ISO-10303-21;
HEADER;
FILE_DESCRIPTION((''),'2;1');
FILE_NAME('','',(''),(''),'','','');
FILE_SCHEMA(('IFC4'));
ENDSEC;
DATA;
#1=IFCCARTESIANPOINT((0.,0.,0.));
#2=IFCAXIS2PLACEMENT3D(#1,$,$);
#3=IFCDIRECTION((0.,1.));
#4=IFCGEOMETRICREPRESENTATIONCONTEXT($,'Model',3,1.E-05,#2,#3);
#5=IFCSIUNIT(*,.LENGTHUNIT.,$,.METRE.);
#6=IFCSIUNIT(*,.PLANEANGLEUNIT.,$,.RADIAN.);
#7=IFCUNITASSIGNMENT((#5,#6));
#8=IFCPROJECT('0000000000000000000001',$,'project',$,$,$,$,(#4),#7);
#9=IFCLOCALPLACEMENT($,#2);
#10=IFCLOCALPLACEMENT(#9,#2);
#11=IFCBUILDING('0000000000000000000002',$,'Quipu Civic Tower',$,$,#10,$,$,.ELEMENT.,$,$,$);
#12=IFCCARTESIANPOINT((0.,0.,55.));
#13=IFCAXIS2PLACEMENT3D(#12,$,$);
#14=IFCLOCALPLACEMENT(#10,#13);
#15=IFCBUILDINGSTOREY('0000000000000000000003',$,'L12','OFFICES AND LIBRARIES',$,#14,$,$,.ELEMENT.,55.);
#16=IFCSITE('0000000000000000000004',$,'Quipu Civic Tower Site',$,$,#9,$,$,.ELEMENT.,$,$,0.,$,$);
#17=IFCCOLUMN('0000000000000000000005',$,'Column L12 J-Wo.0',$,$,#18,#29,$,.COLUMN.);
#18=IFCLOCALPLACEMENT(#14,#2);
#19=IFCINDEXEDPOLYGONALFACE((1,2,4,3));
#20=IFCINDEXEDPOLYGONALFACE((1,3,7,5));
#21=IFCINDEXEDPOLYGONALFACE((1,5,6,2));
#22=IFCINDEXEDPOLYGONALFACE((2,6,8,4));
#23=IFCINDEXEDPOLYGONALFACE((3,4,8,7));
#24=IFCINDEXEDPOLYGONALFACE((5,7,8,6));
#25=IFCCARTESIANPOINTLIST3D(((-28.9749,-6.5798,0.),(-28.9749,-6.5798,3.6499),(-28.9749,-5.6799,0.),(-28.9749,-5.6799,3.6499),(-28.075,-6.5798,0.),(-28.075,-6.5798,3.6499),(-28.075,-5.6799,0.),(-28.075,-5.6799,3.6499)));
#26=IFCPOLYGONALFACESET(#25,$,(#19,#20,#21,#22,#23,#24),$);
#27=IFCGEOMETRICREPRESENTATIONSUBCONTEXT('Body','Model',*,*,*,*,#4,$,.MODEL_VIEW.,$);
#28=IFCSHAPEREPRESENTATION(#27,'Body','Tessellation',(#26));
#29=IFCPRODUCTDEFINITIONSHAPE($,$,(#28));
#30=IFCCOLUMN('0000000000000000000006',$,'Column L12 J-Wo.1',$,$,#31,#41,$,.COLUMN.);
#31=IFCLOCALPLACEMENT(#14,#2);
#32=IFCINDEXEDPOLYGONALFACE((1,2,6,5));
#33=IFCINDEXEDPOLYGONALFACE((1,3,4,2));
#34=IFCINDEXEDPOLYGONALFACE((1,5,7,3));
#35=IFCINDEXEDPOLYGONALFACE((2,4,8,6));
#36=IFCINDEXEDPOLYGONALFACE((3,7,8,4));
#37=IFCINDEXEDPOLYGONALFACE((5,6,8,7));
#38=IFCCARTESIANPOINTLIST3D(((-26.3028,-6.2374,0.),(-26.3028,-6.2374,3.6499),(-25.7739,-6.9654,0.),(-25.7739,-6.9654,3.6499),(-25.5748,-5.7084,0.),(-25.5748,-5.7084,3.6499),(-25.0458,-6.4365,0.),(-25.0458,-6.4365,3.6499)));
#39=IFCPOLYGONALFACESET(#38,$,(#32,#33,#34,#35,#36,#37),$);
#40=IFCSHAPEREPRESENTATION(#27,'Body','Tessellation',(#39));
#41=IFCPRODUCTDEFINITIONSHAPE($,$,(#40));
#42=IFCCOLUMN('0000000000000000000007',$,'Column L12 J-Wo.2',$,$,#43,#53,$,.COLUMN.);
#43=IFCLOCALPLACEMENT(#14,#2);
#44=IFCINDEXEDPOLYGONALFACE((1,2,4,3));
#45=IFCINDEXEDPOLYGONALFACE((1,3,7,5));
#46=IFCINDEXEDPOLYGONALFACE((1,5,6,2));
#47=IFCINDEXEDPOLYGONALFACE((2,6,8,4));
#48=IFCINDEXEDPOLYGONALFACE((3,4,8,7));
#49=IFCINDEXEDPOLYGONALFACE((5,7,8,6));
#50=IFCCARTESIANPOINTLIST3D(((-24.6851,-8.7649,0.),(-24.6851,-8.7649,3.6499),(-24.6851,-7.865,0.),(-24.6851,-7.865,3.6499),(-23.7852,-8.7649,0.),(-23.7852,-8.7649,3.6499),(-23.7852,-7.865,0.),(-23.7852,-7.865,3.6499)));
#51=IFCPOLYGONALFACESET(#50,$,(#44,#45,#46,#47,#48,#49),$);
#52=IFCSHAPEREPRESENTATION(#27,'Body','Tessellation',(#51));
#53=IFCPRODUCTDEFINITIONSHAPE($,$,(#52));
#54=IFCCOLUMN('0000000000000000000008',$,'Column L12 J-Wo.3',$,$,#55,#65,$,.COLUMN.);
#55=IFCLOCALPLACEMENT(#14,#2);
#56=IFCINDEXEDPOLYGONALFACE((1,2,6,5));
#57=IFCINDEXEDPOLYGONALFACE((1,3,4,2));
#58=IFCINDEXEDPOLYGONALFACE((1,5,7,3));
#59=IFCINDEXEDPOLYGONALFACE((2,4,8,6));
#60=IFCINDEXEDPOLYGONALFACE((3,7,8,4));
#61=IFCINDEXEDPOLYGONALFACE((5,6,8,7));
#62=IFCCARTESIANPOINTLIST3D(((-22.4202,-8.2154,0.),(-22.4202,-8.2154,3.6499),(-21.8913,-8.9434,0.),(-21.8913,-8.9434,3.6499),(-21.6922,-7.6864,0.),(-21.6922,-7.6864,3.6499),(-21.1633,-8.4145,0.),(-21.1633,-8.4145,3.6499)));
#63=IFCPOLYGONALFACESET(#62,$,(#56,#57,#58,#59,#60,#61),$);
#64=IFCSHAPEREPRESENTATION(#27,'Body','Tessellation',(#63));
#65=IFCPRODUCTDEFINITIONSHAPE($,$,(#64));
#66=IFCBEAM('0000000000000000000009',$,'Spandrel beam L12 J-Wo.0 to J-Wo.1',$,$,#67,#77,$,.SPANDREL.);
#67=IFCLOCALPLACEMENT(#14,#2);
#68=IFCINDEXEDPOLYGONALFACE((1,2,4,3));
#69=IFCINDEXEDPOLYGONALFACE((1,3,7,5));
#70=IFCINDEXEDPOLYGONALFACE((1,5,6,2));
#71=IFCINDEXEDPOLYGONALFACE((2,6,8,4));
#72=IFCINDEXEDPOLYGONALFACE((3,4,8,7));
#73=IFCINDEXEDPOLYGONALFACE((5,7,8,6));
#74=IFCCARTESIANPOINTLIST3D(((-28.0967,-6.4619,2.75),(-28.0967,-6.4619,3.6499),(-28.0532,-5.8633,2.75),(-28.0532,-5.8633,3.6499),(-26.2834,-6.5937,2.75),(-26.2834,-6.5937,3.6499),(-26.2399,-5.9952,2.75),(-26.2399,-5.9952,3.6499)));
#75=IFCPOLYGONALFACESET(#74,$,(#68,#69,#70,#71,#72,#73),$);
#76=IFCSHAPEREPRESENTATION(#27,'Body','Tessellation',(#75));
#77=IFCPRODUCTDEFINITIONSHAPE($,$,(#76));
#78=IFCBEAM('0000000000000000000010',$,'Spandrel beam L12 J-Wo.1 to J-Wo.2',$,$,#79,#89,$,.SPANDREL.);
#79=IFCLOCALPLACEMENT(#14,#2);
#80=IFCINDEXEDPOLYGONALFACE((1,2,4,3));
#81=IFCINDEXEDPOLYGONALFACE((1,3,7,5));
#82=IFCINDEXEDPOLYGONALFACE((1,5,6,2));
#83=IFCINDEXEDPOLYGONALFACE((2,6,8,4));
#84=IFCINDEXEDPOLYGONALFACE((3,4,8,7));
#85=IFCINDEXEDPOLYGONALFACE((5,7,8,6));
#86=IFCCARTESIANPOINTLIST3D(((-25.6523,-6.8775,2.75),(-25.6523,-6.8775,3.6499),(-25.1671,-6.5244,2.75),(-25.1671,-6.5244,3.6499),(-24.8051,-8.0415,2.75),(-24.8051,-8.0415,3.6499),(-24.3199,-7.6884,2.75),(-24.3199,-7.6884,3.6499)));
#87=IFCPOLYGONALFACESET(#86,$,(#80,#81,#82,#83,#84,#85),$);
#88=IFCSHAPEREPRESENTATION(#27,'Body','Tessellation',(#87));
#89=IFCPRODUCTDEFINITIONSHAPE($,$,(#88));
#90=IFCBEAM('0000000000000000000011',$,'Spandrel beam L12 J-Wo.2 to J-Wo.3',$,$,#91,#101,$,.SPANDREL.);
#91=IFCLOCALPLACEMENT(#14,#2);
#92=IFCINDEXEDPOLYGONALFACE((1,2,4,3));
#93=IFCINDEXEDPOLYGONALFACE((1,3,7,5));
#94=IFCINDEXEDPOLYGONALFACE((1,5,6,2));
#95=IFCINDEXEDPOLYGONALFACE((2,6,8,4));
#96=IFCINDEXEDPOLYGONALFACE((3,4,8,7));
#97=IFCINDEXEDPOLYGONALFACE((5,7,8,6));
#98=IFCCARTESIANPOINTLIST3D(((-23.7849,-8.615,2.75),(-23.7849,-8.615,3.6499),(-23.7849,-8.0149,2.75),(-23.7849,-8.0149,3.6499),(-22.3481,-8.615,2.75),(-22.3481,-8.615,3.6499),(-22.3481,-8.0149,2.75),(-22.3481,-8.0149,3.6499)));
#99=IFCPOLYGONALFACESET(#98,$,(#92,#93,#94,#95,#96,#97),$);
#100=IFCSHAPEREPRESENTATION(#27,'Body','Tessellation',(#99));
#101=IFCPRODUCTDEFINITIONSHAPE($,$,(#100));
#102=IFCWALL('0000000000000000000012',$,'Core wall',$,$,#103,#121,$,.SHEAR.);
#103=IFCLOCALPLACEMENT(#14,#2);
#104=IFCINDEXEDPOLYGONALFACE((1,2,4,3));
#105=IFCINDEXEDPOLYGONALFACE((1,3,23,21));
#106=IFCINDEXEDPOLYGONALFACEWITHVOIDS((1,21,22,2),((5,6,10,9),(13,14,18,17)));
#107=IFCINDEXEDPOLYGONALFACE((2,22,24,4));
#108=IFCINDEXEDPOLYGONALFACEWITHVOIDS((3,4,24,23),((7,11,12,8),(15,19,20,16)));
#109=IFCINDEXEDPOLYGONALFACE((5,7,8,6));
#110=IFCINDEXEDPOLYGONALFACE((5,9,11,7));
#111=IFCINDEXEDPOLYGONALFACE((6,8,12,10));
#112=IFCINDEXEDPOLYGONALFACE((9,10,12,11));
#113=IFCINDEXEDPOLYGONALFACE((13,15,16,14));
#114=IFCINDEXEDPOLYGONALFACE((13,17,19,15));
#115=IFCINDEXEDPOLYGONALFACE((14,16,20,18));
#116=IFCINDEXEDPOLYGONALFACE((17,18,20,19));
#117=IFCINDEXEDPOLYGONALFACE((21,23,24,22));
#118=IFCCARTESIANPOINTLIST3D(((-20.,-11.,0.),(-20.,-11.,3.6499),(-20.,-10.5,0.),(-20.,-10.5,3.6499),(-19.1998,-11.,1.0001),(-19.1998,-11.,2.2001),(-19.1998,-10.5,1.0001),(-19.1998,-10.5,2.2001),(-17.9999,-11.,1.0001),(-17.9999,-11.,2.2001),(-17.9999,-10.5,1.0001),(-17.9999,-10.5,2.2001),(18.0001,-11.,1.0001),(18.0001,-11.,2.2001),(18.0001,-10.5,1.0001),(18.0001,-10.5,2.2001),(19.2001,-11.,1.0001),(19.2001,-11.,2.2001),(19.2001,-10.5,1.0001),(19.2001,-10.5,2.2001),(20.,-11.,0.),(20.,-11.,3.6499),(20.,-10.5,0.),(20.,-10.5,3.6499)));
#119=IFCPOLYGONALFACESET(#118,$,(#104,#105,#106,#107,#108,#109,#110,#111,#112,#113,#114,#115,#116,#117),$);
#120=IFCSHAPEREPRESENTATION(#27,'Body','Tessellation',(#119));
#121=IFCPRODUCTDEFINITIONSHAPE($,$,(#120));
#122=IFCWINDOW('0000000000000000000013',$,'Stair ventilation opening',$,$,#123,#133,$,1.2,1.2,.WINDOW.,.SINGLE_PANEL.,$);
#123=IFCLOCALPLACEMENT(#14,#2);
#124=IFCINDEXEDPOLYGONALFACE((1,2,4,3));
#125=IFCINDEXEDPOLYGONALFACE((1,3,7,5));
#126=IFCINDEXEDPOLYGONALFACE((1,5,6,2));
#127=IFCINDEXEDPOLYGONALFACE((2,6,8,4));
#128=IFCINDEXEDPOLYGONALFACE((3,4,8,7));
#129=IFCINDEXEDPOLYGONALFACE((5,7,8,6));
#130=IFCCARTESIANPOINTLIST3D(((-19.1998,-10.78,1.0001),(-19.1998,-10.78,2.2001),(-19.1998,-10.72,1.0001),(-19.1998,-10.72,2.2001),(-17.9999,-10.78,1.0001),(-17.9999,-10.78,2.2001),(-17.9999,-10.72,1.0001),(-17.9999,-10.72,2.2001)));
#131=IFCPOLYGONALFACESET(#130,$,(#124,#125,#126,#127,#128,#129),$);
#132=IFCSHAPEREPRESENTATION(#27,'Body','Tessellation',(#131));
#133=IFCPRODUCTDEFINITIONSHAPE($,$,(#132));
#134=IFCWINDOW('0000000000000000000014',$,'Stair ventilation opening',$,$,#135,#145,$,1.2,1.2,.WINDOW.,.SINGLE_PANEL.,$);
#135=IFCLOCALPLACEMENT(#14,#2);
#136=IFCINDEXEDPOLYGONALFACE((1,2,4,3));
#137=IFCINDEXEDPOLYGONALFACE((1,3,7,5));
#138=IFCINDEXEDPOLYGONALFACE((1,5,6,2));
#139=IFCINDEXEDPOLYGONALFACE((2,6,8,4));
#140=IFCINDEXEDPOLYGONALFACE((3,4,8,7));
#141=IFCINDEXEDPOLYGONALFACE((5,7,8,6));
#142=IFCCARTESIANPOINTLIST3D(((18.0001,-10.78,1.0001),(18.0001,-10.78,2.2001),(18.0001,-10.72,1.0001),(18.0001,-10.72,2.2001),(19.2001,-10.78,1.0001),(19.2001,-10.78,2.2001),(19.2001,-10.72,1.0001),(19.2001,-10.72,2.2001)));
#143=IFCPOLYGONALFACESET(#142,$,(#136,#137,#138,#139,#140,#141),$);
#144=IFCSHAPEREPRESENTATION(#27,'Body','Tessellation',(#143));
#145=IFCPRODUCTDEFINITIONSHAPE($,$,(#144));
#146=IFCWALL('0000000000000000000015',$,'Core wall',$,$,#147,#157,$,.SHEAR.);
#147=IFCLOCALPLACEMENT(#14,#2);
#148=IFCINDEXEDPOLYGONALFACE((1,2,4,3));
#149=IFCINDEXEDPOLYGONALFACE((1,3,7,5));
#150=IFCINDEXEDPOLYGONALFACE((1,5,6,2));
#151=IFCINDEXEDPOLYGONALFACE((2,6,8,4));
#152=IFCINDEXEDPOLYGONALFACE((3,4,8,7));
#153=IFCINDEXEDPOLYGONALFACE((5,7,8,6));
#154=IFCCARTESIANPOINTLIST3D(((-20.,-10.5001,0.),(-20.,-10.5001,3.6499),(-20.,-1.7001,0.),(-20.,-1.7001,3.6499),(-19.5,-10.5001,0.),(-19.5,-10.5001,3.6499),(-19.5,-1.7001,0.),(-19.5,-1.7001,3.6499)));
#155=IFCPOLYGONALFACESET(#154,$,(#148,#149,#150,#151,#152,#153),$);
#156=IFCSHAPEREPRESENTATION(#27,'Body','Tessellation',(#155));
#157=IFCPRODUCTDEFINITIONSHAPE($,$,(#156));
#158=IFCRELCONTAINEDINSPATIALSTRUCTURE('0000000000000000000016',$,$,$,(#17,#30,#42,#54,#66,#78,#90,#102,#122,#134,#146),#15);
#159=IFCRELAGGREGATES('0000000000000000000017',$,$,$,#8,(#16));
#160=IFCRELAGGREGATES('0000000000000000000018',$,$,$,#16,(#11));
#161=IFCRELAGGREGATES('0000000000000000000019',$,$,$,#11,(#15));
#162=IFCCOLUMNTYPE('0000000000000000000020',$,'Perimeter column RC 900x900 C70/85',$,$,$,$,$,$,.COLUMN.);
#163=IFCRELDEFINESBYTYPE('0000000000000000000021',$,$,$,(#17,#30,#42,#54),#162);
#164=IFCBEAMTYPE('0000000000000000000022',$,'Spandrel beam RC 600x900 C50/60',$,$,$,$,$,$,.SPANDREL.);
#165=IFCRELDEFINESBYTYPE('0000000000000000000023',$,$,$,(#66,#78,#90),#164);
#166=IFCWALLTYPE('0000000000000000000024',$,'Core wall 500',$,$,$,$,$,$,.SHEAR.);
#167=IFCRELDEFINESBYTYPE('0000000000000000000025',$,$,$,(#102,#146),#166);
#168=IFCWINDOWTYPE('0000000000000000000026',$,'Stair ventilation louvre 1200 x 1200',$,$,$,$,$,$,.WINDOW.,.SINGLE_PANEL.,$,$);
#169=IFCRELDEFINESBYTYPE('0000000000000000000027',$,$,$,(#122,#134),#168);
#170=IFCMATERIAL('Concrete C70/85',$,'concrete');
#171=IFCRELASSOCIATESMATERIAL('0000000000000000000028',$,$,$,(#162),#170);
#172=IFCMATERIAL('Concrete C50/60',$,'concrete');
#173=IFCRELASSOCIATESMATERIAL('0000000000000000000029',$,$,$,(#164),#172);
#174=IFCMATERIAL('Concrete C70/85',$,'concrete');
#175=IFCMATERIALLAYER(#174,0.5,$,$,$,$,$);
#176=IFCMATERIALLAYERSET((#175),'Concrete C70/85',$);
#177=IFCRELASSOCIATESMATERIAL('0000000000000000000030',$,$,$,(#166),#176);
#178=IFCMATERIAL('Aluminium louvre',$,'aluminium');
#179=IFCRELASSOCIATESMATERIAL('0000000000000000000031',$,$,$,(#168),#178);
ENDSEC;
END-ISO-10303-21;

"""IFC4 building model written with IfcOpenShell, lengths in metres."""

from ifc_helpers import new_model, si_unit, direction, frame, frame_2d, origin, origin_2d, place, context, subcontext, project, spatial, rectangle, extrude, material, layer, layer_set, material_profile, profile_set, type_object, element, fill, save


model = new_model("IFC4")

# Units and contexts
model_context = context("Model", 3, precision=1e-05, world=origin(), true_north=direction((0.0, 1.0)))
body_context = subcontext(model_context, "Body", "Model", "MODEL_VIEW")
ifc_project = project(units=[si_unit("LENGTHUNIT", "METRE"), si_unit("PLANEANGLEUNIT", "RADIAN")], contexts=[model_context])

# Site, building, storey
site_placement = place(None, origin())
site = spatial("IfcSite", under=ifc_project, at=site_placement, Name="Quipu Civic Tower Site", CompositionType="ELEMENT", RefElevation=0.0)
building_placement = place(site_placement, origin())
building = spatial("IfcBuilding", under=site, at=building_placement, Name="Quipu Civic Tower", CompositionType="ELEMENT")
storey_placement = place(building_placement, frame((0.0, 0.0, 55.0)))
storey = spatial("IfcBuildingStorey", under=building, at=storey_placement, Name="L12", Description="OFFICES AND LIBRARIES", CompositionType="ELEMENT", Elevation=55.0)

# Columns
ifc_material_1 = material(Name="Concrete C70/85", Category="concrete")
ifc_material_profile_1 = material_profile(ifc_material_1, rectangle(XDim=0.8999, YDim=0.8999, at=origin_2d()), Name="RC900x900")
ifc_profile_set_1 = profile_set([ifc_material_profile_1], Name="Concrete C70/85")
column_type = type_object("IfcColumnType", Name="Perimeter column RC 900x900 C70/85", PredefinedType="COLUMN", material=ifc_profile_set_1)
for number, where, z_axis, x_axis, name in (
    (1, (-28.5249, -6.1299, 0.0), (0.0, 0.0, 1.0), (1.0, 0.0, 0.0), "Column L12 J-Wo.0"),
    (2, (-25.6743, -6.3369, 0.0), (0.0, 0.0, 1.0), (0.587785, -0.809017, 0.0), "Column L12 J-Wo.1"),
    (3, (-24.2351, -8.3149, 0.0), (0.0, 0.0, 1.0), (1.0, 0.0, 0.0), "Column L12 J-Wo.2"),
    (4, (-21.7917, -8.3149, 0.0), (0.0, 0.0, 1.0), (0.587785, -0.809017, 0.0), "Column L12 J-Wo.3"),
):
    element("IfcColumn", number, at=place(storey_placement, frame(where, z_axis=z_axis, x_axis=x_axis)), inside=storey, type_object=column_type, Name=name, PredefinedType="COLUMN", context=body_context, shape_type="SweptSolid", body=[
        extrude(rectangle(XDim=0.8999, YDim=0.8999, at=origin_2d()), origin(), (0.0, 0.0, 1.0), 3.6499),
    ])

# Beams
ifc_material_2 = material(Name="Concrete C50/60", Category="concrete")
ifc_material_profile_2 = material_profile(ifc_material_2, rectangle(XDim=0.6001, YDim=0.8999, at=origin_2d()), Name="RC600x900")
ifc_profile_set_2 = profile_set([ifc_material_profile_2], Name="Concrete C50/60")
beam_type = type_object("IfcBeamType", Name="Spandrel beam RC 600x900 C50/60", PredefinedType="SPANDREL", material=ifc_profile_set_2)
beam_1_placement = place(storey_placement, frame((-28.075, -6.1626, 3.2), z_axis=(0.997367, -0.072516, 0.0), x_axis=(0.072516, 0.997367, 0.0)))
element("IfcBeam", 5, at=beam_1_placement, inside=storey, type_object=beam_type, Name="Spandrel beam L12 J-Wo.0 to J-Wo.1", PredefinedType="SPANDREL", context=body_context, shape_type="SweptSolid", body=[
    extrude(rectangle(XDim=0.6001, YDim=0.8999, at=origin_2d()), origin(), (0.0, 0.0, 1.0), 1.8181),
])
beam_2_placement = place(storey_placement, frame((-25.4097, -6.7009, 3.2), z_axis=(0.588434, -0.808545, 0.0), x_axis=(0.808545, 0.588434, 0.0)))
element("IfcBeam", 6, at=beam_2_placement, inside=storey, type_object=beam_type, Name="Spandrel beam L12 J-Wo.1 to J-Wo.2", PredefinedType="SPANDREL", context=body_context, shape_type="SweptSolid", body=[
    extrude(rectangle(XDim=0.6001, YDim=0.8999, at=origin_2d()), origin(), (0.0, 0.0, 1.0), 1.4397),
])
beam_3_placement = place(storey_placement, frame((-23.7849, -8.3149, 3.2), z_axis=(1.0, 0.0, 0.0), x_axis=(0.0, 1.0, 0.0)))
element("IfcBeam", 7, at=beam_3_placement, inside=storey, type_object=beam_type, Name="Spandrel beam L12 J-Wo.2 to J-Wo.3", PredefinedType="SPANDREL", context=body_context, shape_type="SweptSolid", body=[
    extrude(rectangle(XDim=0.6001, YDim=0.8999, at=origin_2d()), origin(), (0.0, 0.0, 1.0), 1.4368),
])

# Wall, openings, windows
ifc_material_3 = material(Name="Concrete C70/85", Category="concrete")
ifc_layer_1 = layer(ifc_material_3, 0.5)
ifc_layer_set_1 = layer_set([ifc_layer_1], Name="Concrete C70/85")
wall_type_1 = type_object("IfcWallType", Name="Core wall 500", PredefinedType="SHEAR", material=ifc_layer_set_1)
wall_1_placement = place(storey_placement, frame((-20.0, -10.75, 0.0), z_axis=(0.0, 0.0, 1.0), x_axis=(1.0, 0.0, 0.0)))
wall_1 = element("IfcWall", 8, at=wall_1_placement, inside=storey, type_object=wall_type_1, Name="Core wall", PredefinedType="SHEAR", context=body_context, shape_type="SweptSolid", body=[
    extrude(rectangle(XDim=40.0, YDim=0.5, at=frame_2d((20.0, 0.0))), origin(), (0.0, 0.0, 1.0), 3.6499),
])
opening_1_placement = place(wall_1_placement, frame((0.8, 0.0, 1.0)))
opening_1 = element("IfcOpeningElement", 9, at=opening_1_placement, cuts=wall_1, PredefinedType="OPENING", context=body_context, shape_type="SweptSolid", body=[
    extrude(rectangle(XDim=1.2, YDim=1.2, at=frame_2d((0.6001, 0.6001))), frame((0.0, 0.26, 0.0), z_axis=(0.0, -1.0, 0.0), x_axis=(1.0, 0.0, 0.0)), (0.0, 0.0, 1.0), 0.52),
])
opening_2_placement = place(wall_1_placement, frame((38.0, 0.0, 1.0)))
opening_2 = element("IfcOpeningElement", 10, at=opening_2_placement, cuts=wall_1, PredefinedType="OPENING", context=body_context, shape_type="SweptSolid", body=[
    extrude(rectangle(XDim=1.2, YDim=1.2, at=frame_2d((0.6001, 0.6001))), frame((0.0, 0.26, 0.0), z_axis=(0.0, -1.0, 0.0), x_axis=(1.0, 0.0, 0.0)), (0.0, 0.0, 1.0), 0.52),
])
ifc_material_4 = material(Name="Aluminium louvre", Category="aluminium")
window_type = type_object("IfcWindowType", Name="Stair ventilation louvre 1200 x 1200", PartitioningType="SINGLE_PANEL", PredefinedType="WINDOW", material=ifc_material_4)
window_1_placement = place(opening_1_placement, origin())
window_1 = element("IfcWindow", 11, at=window_1_placement, inside=storey, type_object=window_type, Name="Stair ventilation opening", OverallHeight=1.2, OverallWidth=1.2, PartitioningType="SINGLE_PANEL", PredefinedType="WINDOW", context=body_context, shape_type="SweptSolid", body=[
    extrude(rectangle(XDim=1.2, YDim=1.2, at=frame_2d((0.6001, 0.6001))), frame((0.0, 0.03, 0.0), z_axis=(0.0, -1.0, 0.0), x_axis=(1.0, 0.0, 0.0)), (0.0, 0.0, 1.0), 0.0601),
])
fill(opening_1, window_1)
window_2_placement = place(opening_2_placement, origin())
window_2 = element("IfcWindow", 12, at=window_2_placement, inside=storey, type_object=window_type, Name="Stair ventilation opening", OverallHeight=1.2, OverallWidth=1.2, PartitioningType="SINGLE_PANEL", PredefinedType="WINDOW", context=body_context, shape_type="SweptSolid", body=[
    extrude(rectangle(XDim=1.2, YDim=1.2, at=frame_2d((0.6001, 0.6001))), frame((0.0, 0.03, 0.0), z_axis=(0.0, -1.0, 0.0), x_axis=(1.0, 0.0, 0.0)), (0.0, 0.0, 1.0), 0.0601),
])
fill(opening_2, window_2)

# Wall
wall_2_placement = place(storey_placement, frame((-19.75, -10.5, 0.0), z_axis=(0.0, 0.0, 1.0), x_axis=(0.0, 1.0, 0.0)))
element("IfcWall", 13, at=wall_2_placement, inside=storey, type_object=wall_type_1, Name="Core wall", PredefinedType="SHEAR", context=body_context, shape_type="SweptSolid", body=[
    extrude(rectangle(XDim=8.8, YDim=0.5, at=frame_2d((4.3999, 0.0))), origin(), (0.0, 0.0, 1.0), 3.6499),
])

save(model, "model.ifc")
